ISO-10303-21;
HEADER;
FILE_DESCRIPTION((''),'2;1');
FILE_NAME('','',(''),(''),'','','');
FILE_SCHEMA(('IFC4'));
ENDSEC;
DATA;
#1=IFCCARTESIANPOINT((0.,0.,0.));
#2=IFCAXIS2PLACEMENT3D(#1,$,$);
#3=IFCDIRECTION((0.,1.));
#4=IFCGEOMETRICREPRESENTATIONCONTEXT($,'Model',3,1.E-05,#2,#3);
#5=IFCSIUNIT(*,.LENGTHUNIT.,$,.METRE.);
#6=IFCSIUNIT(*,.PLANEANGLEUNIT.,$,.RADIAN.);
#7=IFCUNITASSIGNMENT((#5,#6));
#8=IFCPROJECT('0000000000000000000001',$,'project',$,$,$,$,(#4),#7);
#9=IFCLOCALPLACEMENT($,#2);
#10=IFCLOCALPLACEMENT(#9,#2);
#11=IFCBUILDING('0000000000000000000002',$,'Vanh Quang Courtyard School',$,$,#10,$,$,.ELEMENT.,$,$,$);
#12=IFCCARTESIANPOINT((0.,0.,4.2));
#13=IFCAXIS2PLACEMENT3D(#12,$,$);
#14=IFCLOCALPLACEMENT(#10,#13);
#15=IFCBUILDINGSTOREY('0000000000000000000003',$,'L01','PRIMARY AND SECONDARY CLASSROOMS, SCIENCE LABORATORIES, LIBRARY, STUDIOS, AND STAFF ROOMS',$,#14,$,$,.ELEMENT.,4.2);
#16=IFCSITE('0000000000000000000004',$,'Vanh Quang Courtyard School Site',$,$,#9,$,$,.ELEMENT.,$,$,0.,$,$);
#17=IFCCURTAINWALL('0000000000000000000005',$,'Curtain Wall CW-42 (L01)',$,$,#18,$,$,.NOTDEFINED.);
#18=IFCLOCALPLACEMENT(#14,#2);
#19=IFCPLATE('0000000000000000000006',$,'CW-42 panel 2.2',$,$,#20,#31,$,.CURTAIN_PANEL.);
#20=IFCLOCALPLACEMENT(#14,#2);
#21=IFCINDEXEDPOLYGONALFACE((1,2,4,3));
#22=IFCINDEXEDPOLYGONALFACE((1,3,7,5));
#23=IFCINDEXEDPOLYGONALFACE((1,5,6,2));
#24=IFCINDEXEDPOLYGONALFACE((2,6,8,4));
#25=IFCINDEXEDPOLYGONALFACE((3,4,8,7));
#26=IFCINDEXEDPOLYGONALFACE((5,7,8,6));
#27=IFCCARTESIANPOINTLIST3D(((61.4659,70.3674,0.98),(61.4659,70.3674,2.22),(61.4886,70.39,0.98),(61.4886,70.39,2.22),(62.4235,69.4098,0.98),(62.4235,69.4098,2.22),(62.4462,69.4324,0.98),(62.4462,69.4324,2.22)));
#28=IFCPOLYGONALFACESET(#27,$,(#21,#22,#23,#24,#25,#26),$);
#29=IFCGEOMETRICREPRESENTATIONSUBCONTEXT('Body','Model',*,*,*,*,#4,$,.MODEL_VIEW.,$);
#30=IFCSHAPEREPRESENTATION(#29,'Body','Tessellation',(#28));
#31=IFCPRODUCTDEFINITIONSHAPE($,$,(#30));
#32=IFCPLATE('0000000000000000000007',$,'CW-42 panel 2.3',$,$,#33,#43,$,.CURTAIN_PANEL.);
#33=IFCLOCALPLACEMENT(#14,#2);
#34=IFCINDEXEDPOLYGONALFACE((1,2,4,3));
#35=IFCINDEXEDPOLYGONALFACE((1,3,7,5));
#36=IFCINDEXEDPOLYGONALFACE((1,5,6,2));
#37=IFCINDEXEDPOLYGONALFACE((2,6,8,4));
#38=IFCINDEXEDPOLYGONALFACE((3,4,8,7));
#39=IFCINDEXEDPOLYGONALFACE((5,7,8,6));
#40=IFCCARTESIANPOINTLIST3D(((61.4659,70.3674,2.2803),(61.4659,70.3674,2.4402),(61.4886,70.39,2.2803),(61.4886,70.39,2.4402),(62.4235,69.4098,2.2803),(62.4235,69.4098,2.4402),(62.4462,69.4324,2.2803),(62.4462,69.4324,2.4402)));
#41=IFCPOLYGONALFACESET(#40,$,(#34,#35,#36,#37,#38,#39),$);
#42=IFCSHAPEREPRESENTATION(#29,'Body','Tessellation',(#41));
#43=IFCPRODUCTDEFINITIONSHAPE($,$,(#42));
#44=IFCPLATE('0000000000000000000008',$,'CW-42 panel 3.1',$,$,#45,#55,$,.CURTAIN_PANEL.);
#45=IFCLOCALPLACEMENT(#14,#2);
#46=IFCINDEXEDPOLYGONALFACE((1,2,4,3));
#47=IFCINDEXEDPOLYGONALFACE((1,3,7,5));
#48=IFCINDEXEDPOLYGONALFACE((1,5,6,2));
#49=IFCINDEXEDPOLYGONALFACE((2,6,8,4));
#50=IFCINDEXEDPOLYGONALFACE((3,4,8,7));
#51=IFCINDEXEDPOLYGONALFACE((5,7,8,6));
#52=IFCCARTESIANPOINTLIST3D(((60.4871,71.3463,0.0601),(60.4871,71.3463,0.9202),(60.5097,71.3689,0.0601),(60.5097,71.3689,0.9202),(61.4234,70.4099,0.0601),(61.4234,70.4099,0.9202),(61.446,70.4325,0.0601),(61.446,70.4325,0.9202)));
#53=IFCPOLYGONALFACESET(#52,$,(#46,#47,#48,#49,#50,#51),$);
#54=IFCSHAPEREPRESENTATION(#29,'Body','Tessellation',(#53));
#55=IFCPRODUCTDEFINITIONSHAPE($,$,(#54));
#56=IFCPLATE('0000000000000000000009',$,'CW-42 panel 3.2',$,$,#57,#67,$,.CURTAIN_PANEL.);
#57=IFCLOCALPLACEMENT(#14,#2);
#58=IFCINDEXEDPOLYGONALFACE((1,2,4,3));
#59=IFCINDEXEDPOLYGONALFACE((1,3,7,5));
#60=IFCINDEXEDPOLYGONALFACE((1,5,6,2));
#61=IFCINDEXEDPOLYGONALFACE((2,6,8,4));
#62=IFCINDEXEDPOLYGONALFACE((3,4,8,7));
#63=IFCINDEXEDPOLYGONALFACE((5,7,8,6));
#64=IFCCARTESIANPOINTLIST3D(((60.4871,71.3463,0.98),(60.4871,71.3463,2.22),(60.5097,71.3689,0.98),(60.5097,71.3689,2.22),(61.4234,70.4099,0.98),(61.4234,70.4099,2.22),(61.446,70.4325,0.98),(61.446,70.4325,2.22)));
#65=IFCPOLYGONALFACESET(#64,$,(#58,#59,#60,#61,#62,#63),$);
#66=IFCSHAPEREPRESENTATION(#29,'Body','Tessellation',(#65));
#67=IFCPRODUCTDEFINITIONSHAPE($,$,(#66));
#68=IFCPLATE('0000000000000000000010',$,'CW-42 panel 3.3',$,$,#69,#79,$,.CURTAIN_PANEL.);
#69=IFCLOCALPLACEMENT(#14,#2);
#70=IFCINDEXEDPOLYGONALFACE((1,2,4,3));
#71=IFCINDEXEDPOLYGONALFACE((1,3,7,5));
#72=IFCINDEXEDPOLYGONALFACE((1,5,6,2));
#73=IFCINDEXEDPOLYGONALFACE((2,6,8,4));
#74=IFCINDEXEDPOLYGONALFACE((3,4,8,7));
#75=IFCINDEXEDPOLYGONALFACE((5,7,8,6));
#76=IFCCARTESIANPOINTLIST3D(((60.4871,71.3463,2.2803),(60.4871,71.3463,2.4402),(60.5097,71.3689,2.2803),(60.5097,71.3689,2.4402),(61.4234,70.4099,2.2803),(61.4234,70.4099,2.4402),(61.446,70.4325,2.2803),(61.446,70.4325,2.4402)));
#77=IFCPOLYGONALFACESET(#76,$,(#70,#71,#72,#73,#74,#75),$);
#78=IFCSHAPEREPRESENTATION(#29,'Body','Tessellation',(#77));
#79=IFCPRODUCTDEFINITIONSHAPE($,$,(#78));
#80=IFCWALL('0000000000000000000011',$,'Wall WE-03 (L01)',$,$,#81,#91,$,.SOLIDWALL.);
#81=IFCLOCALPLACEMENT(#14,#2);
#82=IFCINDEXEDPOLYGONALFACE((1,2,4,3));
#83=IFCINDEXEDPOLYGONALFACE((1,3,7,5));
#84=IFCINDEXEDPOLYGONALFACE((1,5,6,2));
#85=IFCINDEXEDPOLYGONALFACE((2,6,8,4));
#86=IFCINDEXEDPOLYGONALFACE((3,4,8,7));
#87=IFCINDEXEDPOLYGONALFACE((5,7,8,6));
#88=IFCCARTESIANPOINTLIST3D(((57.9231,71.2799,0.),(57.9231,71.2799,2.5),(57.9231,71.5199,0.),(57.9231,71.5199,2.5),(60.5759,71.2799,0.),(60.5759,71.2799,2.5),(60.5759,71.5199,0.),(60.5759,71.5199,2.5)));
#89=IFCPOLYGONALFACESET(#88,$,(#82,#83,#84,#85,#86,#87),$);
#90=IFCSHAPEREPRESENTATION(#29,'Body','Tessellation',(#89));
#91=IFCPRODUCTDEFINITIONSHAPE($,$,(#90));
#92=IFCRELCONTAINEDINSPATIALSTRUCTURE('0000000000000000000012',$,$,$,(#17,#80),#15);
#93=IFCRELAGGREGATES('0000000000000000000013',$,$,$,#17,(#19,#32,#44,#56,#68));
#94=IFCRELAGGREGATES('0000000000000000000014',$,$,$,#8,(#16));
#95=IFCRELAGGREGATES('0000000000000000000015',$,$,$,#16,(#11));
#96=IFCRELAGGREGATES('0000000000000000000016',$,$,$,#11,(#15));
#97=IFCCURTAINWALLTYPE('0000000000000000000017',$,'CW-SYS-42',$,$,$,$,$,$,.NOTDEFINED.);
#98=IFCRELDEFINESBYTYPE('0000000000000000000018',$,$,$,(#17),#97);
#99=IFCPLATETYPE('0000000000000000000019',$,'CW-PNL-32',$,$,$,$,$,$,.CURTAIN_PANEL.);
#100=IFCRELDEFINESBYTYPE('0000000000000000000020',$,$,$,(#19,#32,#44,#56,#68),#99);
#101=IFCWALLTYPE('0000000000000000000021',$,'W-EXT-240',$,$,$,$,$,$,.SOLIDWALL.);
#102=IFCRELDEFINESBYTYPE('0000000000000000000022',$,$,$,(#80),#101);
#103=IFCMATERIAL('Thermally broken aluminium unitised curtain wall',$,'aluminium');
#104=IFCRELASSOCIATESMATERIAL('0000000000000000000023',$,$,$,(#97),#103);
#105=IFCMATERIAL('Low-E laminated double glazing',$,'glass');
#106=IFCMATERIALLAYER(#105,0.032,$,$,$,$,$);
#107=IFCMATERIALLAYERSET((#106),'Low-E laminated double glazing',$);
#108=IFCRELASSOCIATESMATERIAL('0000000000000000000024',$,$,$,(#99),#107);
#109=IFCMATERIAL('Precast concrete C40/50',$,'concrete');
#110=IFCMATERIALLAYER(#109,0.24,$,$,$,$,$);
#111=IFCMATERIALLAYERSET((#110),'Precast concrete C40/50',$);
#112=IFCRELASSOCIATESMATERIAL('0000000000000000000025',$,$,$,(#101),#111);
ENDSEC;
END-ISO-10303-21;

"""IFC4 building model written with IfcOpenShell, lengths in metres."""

from ifc_helpers import new_model, si_unit, direction, frame, frame_2d, origin, origin_2d, place, context, subcontext, project, spatial, rectangle, extrude, material, layer, layer_set, type_object, element, aggregate, save


model = new_model("IFC4")

# Units and contexts
model_context = context("Model", 3, precision=1e-05, world=origin(), true_north=direction((0.0, 1.0)))
body_context = subcontext(model_context, "Body", "Model", "MODEL_VIEW")
ifc_project = project(units=[si_unit("LENGTHUNIT", "METRE"), si_unit("PLANEANGLEUNIT", "RADIAN")], contexts=[model_context])

# Site, building, storey
site_placement = place(None, origin())
site = spatial("IfcSite", under=ifc_project, at=site_placement, Name="Vanh Quang Courtyard School Site", CompositionType="ELEMENT", RefElevation=0.0)
building_placement = place(site_placement, origin())
building = spatial("IfcBuilding", under=site, at=building_placement, Name="Vanh Quang Courtyard School", CompositionType="ELEMENT")
storey_placement = place(building_placement, frame((0.0, 0.0, 4.2)))
storey = spatial("IfcBuildingStorey", under=building, at=storey_placement, Name="L01", Description="PRIMARY AND SECONDARY CLASSROOMS, SCIENCE LABORATORIES, LIBRARY, STUDIOS, AND STAFF ROOMS", CompositionType="ELEMENT", Elevation=4.2)

# Curtain wall, plates
ifc_material_1 = material(Name="Thermally broken aluminium unitised curtain wall", Category="aluminium")
curtain_wall_type = type_object("IfcCurtainWallType", Name="CW-SYS-42", PredefinedType="NOTDEFINED", material=ifc_material_1)
curtain_wall_placement = place(storey_placement, origin())
curtain_wall = element("IfcCurtainWall", 1, at=curtain_wall_placement, inside=storey, type_object=curtain_wall_type, Name="Curtain Wall CW-42 (L01)", PredefinedType="NOTDEFINED")
ifc_material_2 = material(Name="Low-E laminated double glazing", Category="glass")
ifc_layer_1 = layer(ifc_material_2, 0.032)
ifc_layer_set_1 = layer_set([ifc_layer_1], Name="Low-E laminated double glazing")
plate_type = type_object("IfcPlateType", Name="CW-PNL-32", PredefinedType="CURTAIN_PANEL", material=ifc_layer_set_1)
plate_1_placement = place(storey_placement, frame((61.9561, 69.8999, 0.98), z_axis=(0.0, 0.0, 1.0), x_axis=(-0.707107, 0.707107, 0.0)))
plate_1 = element("IfcPlate", 2, at=plate_1_placement, type_object=plate_type, Name="CW-42 panel 2.2", PredefinedType="CURTAIN_PANEL", context=body_context, shape_type="SweptSolid", body=[
    extrude(rectangle(XDim=1.3542, YDim=0.032, at=origin_2d()), origin(), (0.0, 0.0, 1.0), 1.24),
])
plate_2_placement = place(storey_placement, frame((61.9561, 69.8999, 2.2803), z_axis=(0.0, 0.0, 1.0), x_axis=(-0.707107, 0.707107, 0.0)))
plate_2 = element("IfcPlate", 3, at=plate_2_placement, type_object=plate_type, Name="CW-42 panel 2.3", PredefinedType="CURTAIN_PANEL", context=body_context, shape_type="SweptSolid", body=[
    extrude(rectangle(XDim=1.3542, YDim=0.032, at=origin_2d()), origin(), (0.0, 0.0, 1.0), 0.1599),
])
plate_3_placement = place(storey_placement, frame((60.9666, 70.8894, 0.0601), z_axis=(0.0, 0.0, 1.0), x_axis=(-0.707107, 0.707107, 0.0)))
plate_3 = element("IfcPlate", 4, at=plate_3_placement, type_object=plate_type, Name="CW-42 panel 3.1", PredefinedType="CURTAIN_PANEL", context=body_context, shape_type="SweptSolid", body=[
    extrude(rectangle(XDim=1.3242, YDim=0.032, at=origin_2d()), origin(), (0.0, 0.0, 1.0), 0.8601),
])
plate_4_placement = place(storey_placement, frame((60.9666, 70.8894, 0.98), z_axis=(0.0, 0.0, 1.0), x_axis=(-0.707107, 0.707107, 0.0)))
plate_4 = element("IfcPlate", 5, at=plate_4_placement, type_object=plate_type, Name="CW-42 panel 3.2", PredefinedType="CURTAIN_PANEL", context=body_context, shape_type="SweptSolid", body=[
    extrude(rectangle(XDim=1.3242, YDim=0.032, at=origin_2d()), origin(), (0.0, 0.0, 1.0), 1.24),
])
plate_5_placement = place(storey_placement, frame((60.9666, 70.8894, 2.2803), z_axis=(0.0, 0.0, 1.0), x_axis=(-0.707107, 0.707107, 0.0)))
plate_5 = element("IfcPlate", 6, at=plate_5_placement, type_object=plate_type, Name="CW-42 panel 3.3", PredefinedType="CURTAIN_PANEL", context=body_context, shape_type="SweptSolid", body=[
    extrude(rectangle(XDim=1.3242, YDim=0.032, at=origin_2d()), origin(), (0.0, 0.0, 1.0), 0.1599),
])
aggregate(curtain_wall, [plate_1, plate_2, plate_3, plate_4, plate_5])

# Wall
ifc_material_3 = material(Name="Precast concrete C40/50", Category="concrete")
ifc_layer_2 = layer(ifc_material_3, 0.24)
ifc_layer_set_2 = layer_set([ifc_layer_2], Name="Precast concrete C40/50")
wall_type = type_object("IfcWallType", Name="W-EXT-240", PredefinedType="SOLIDWALL", material=ifc_layer_set_2)
wall_placement = place(storey_placement, frame((60.5759, 71.3999, 0.0), z_axis=(0.0, 0.0, 1.0), x_axis=(-1.0, 0.0, 0.0)))
element("IfcWall", 7, at=wall_placement, inside=storey, type_object=wall_type, Name="Wall WE-03 (L01)", PredefinedType="SOLIDWALL", context=body_context, shape_type="SweptSolid", body=[
    extrude(rectangle(XDim=2.6528, YDim=0.24, at=frame_2d((1.3264, 0.0))), origin(), (0.0, 0.0, 1.0), 2.5),
])

save(model, "model.ifc")
